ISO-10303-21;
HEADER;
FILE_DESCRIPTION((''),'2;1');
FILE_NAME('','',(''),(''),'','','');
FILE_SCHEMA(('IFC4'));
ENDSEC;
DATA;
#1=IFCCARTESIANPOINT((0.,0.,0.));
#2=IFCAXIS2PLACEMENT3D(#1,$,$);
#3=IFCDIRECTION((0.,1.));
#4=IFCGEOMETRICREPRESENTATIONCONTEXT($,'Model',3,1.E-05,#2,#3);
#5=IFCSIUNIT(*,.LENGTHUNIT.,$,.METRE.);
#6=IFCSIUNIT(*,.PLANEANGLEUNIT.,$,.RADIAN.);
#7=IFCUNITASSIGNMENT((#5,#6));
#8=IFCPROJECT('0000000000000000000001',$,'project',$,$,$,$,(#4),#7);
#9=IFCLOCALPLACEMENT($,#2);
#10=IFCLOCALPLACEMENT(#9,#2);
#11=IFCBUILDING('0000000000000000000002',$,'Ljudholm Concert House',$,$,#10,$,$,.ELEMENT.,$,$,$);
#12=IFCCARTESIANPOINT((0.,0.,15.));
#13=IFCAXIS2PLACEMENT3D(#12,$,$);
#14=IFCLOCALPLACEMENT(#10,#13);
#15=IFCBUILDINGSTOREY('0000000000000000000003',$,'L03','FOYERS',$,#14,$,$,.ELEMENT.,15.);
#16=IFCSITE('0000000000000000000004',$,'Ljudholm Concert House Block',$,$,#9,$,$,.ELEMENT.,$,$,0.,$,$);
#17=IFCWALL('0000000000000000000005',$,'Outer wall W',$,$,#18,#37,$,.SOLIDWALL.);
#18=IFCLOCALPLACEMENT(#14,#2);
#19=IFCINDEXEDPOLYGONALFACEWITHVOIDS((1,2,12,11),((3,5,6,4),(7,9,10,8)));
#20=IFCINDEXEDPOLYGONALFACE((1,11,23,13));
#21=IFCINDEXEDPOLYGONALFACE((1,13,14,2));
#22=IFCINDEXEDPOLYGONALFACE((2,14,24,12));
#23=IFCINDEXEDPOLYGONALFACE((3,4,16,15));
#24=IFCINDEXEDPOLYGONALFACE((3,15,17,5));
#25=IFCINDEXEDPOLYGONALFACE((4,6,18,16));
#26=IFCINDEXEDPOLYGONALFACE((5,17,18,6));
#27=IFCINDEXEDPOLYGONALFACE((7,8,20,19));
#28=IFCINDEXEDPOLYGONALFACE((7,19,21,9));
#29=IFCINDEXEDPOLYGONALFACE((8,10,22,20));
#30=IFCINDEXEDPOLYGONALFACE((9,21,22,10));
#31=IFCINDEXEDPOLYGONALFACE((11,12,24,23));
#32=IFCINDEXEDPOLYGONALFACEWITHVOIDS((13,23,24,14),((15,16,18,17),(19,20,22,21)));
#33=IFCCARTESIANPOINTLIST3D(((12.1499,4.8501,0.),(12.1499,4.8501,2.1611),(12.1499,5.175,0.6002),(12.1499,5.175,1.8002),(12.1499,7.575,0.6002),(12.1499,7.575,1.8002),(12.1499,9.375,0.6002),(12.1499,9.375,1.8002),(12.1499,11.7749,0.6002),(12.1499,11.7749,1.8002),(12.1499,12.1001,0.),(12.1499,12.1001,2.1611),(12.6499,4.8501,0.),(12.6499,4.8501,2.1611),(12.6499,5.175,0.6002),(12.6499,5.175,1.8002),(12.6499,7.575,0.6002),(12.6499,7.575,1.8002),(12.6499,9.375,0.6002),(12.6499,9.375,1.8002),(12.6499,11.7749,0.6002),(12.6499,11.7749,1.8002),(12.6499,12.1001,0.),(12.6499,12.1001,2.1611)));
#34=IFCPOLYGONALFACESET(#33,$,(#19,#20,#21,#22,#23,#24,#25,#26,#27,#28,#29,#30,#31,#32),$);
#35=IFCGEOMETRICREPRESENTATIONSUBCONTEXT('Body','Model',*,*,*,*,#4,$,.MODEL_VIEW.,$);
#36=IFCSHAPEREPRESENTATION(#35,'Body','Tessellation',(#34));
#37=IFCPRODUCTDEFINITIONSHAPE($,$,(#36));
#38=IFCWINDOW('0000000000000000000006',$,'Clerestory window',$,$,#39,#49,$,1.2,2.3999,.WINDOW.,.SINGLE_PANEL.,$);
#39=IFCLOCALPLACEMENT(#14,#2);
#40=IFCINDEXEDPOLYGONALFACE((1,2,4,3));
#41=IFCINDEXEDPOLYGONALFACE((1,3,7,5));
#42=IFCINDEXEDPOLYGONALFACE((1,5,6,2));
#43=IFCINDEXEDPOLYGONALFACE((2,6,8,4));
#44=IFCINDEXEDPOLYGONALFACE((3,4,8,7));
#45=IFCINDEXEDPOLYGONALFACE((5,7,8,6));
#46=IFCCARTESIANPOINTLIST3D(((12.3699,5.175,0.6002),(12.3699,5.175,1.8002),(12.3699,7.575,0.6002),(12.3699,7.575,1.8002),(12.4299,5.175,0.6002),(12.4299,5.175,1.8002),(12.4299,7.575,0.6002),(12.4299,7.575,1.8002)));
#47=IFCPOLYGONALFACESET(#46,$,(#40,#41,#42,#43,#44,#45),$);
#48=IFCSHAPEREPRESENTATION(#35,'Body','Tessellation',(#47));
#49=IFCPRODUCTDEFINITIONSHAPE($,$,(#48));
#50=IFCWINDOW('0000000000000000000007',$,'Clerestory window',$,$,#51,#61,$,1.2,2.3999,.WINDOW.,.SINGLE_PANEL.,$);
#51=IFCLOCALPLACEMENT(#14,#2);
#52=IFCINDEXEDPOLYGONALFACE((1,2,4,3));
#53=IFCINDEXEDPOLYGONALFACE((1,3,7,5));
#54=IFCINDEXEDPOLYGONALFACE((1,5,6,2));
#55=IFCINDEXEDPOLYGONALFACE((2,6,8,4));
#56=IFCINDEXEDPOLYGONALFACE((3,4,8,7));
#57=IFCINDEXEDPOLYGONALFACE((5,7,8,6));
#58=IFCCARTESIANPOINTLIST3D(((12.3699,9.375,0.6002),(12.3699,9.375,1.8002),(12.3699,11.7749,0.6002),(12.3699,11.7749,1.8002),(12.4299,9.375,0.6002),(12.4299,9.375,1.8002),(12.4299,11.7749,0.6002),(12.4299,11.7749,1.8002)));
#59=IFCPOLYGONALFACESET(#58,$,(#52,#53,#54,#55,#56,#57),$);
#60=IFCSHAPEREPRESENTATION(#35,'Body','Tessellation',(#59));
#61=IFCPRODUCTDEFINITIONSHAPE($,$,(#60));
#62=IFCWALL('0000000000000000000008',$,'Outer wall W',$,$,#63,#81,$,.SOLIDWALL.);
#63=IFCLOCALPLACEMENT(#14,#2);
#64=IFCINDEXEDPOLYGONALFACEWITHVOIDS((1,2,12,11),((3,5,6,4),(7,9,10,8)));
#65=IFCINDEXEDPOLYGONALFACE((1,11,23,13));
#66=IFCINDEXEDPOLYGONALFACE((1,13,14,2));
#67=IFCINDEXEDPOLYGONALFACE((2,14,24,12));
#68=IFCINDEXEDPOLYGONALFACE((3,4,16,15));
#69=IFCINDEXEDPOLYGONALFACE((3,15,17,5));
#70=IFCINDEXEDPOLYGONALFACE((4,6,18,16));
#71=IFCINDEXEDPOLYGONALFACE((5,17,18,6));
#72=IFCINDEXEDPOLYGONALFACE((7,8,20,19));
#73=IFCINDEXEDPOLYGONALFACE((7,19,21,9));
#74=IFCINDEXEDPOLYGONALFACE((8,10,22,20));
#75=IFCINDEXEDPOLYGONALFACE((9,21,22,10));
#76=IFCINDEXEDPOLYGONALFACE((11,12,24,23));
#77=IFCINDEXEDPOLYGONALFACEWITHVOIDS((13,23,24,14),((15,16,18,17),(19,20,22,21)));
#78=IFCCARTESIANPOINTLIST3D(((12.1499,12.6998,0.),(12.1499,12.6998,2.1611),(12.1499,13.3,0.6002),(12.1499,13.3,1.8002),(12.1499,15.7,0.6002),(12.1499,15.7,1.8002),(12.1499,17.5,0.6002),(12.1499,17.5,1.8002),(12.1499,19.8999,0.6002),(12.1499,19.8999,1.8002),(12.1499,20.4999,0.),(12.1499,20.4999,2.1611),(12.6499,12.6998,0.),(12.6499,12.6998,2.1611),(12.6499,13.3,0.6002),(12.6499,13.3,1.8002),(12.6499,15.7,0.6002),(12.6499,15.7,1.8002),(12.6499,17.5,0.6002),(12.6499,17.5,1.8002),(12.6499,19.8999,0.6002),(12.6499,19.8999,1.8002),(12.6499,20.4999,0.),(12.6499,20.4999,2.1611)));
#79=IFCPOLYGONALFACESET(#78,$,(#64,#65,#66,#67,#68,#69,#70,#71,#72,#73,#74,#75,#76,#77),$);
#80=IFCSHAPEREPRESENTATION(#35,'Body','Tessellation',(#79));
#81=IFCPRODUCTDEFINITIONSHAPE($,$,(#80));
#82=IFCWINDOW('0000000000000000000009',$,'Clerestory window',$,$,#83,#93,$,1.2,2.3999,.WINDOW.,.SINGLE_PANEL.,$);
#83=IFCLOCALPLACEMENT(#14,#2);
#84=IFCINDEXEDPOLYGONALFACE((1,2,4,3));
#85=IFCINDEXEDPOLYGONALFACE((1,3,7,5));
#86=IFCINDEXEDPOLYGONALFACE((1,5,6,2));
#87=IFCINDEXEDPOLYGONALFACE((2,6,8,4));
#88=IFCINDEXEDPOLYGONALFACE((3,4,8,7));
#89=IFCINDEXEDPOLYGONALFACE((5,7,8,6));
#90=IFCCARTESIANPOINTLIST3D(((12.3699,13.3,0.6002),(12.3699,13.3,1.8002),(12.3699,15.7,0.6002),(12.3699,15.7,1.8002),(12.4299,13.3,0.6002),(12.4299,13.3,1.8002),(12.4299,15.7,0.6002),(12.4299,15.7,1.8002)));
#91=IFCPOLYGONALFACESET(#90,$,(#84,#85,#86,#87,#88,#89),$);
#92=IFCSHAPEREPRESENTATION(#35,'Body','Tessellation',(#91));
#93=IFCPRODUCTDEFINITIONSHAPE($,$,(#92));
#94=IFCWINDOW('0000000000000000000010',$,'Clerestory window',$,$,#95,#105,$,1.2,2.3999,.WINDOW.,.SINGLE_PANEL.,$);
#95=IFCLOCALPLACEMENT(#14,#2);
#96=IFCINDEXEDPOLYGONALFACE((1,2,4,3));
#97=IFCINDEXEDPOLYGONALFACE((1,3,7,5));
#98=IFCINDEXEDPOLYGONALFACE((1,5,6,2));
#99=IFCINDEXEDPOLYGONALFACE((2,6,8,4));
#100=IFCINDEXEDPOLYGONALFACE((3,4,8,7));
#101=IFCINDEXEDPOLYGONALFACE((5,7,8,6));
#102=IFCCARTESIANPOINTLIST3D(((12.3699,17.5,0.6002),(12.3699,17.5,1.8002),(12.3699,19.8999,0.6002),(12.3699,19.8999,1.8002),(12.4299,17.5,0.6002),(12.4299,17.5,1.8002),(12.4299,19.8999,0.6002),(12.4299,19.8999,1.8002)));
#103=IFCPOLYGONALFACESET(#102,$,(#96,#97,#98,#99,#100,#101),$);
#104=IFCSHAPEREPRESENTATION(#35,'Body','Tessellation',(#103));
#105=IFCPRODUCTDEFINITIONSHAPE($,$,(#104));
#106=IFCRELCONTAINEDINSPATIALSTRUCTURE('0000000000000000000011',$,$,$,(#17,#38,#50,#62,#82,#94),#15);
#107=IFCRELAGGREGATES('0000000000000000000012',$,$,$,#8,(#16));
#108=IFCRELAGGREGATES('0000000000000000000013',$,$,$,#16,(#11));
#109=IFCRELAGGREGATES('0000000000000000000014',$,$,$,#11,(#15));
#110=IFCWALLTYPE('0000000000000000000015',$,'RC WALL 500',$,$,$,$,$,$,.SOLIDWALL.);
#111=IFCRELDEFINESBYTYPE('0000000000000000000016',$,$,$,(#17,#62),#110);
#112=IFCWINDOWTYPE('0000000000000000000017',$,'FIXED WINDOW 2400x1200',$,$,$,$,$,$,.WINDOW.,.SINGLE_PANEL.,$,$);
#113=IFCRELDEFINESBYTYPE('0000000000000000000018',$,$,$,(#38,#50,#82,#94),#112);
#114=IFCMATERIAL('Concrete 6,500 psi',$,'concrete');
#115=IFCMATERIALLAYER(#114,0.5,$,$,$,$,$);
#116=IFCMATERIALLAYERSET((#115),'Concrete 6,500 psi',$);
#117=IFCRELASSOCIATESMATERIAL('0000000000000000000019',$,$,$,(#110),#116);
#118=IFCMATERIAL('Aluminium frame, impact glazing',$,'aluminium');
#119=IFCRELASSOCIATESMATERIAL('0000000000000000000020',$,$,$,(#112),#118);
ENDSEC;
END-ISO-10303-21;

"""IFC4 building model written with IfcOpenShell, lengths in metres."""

from ifc_helpers import new_model, si_unit, direction, frame, frame_2d, origin, place, context, subcontext, project, spatial, rectangle, extrude, material, layer, layer_set, type_object, element, fill, save


model = new_model("IFC4")

# Units and contexts
model_context = context("Model", 3, precision=1e-05, world=origin(), true_north=direction((0.0, 1.0)))
body_context = subcontext(model_context, "Body", "Model", "MODEL_VIEW")
ifc_project = project(units=[si_unit("LENGTHUNIT", "METRE"), si_unit("PLANEANGLEUNIT", "RADIAN")], contexts=[model_context])

# Site, building, storey
site_placement = place(None, origin())
site = spatial("IfcSite", under=ifc_project, at=site_placement, Name="Ljudholm Concert House Block", CompositionType="ELEMENT", RefElevation=0.0)
building_placement = place(site_placement, origin())
building = spatial("IfcBuilding", under=site, at=building_placement, Name="Ljudholm Concert House", CompositionType="ELEMENT")
storey_placement = place(building_placement, frame((0.0, 0.0, 15.0)))
storey = spatial("IfcBuildingStorey", under=building, at=storey_placement, Name="L03", Description="FOYERS", CompositionType="ELEMENT", Elevation=15.0)

# Walls, openings, windows
ifc_material_1 = material(Name="Concrete 6,500 psi", Category="concrete")
ifc_layer_1 = layer(ifc_material_1, 0.5)
ifc_layer_set_1 = layer_set([ifc_layer_1], Name="Concrete 6,500 psi")
wall_type = type_object("IfcWallType", Name="RC WALL 500", PredefinedType="SOLIDWALL", material=ifc_layer_set_1)
wall_1_placement = place(storey_placement, frame((12.3999, 4.8501, 0.0), z_axis=(0.0, 0.0, 1.0), x_axis=(0.0, 1.0, 0.0)))
wall_1 = element("IfcWall", 1, at=wall_1_placement, inside=storey, type_object=wall_type, Name="Outer wall W", PredefinedType="SOLIDWALL", context=body_context, shape_type="SweptSolid", body=[
    extrude(rectangle(XDim=7.25, YDim=0.5, at=frame_2d((3.625, 0.0))), origin(), (0.0, 0.0, 1.0), 2.1611),
])
opening_1_placement = place(wall_1_placement, frame((0.325, 0.0, 0.6001)))
opening_1 = element("IfcOpeningElement", 2, at=opening_1_placement, cuts=wall_1, PredefinedType="OPENING", context=body_context, shape_type="SweptSolid", body=[
    extrude(rectangle(XDim=2.3999, YDim=1.2, at=frame_2d((1.2, 0.6001))), frame((0.0, 0.26, 0.0), z_axis=(0.0, -1.0, 0.0), x_axis=(1.0, 0.0, 0.0)), (0.0, 0.0, 1.0), 0.52),
])
opening_2_placement = place(wall_1_placement, frame((4.5249, 0.0, 0.6001)))
opening_2 = element("IfcOpeningElement", 3, at=opening_2_placement, cuts=wall_1, PredefinedType="OPENING", context=body_context, shape_type="SweptSolid", body=[
    extrude(rectangle(XDim=2.3999, YDim=1.2, at=frame_2d((1.2, 0.6001))), frame((0.0, 0.26, 0.0), z_axis=(0.0, -1.0, 0.0), x_axis=(1.0, 0.0, 0.0)), (0.0, 0.0, 1.0), 0.52),
])
ifc_material_2 = material(Name="Aluminium frame, impact glazing", Category="aluminium")
window_type = type_object("IfcWindowType", Name="FIXED WINDOW 2400x1200", PartitioningType="SINGLE_PANEL", PredefinedType="WINDOW", material=ifc_material_2)
window_1_placement = place(opening_1_placement, origin())
window_1 = element("IfcWindow", 4, at=window_1_placement, inside=storey, type_object=window_type, Name="Clerestory window", OverallHeight=1.2, OverallWidth=2.3999, PartitioningType="SINGLE_PANEL", PredefinedType="WINDOW", context=body_context, shape_type="SweptSolid", body=[
    extrude(rectangle(XDim=2.3999, YDim=1.2, at=frame_2d((1.2, 0.6001))), frame((0.0, 0.03, 0.0), z_axis=(0.0, -1.0, 0.0), x_axis=(1.0, 0.0, 0.0)), (0.0, 0.0, 1.0), 0.0601),
])
fill(opening_1, window_1)
window_2_placement = place(opening_2_placement, origin())
window_2 = element("IfcWindow", 5, at=window_2_placement, inside=storey, type_object=window_type, Name="Clerestory window", OverallHeight=1.2, OverallWidth=2.3999, PartitioningType="SINGLE_PANEL", PredefinedType="WINDOW", context=body_context, shape_type="SweptSolid", body=[
    extrude(rectangle(XDim=2.3999, YDim=1.2, at=frame_2d((1.2, 0.6001))), frame((0.0, 0.03, 0.0), z_axis=(0.0, -1.0, 0.0), x_axis=(1.0, 0.0, 0.0)), (0.0, 0.0, 1.0), 0.0601),
])
fill(opening_2, window_2)
wall_2_placement = place(storey_placement, frame((12.3999, 12.7, 0.0), z_axis=(0.0, 0.0, 1.0), x_axis=(0.0, 1.0, 0.0)))
wall_2 = element("IfcWall", 6, at=wall_2_placement, inside=storey, type_object=wall_type, Name="Outer wall W", PredefinedType="SOLIDWALL", context=body_context, shape_type="SweptSolid", body=[
    extrude(rectangle(XDim=7.8, YDim=0.5, at=frame_2d((3.8999, 0.0))), origin(), (0.0, 0.0, 1.0), 2.1611),
])
opening_3_placement = place(wall_2_placement, frame((0.6001, 0.0, 0.6001)))
opening_3 = element("IfcOpeningElement", 7, at=opening_3_placement, cuts=wall_2, PredefinedType="OPENING", context=body_context, shape_type="SweptSolid", body=[
    extrude(rectangle(XDim=2.3999, YDim=1.2, at=frame_2d((1.2, 0.6001))), frame((0.0, 0.26, 0.0), z_axis=(0.0, -1.0, 0.0), x_axis=(1.0, 0.0, 0.0)), (0.0, 0.0, 1.0), 0.52),
])
opening_4_placement = place(wall_2_placement, frame((4.8, 0.0, 0.6001)))
opening_4 = element("IfcOpeningElement", 8, at=opening_4_placement, cuts=wall_2, PredefinedType="OPENING", context=body_context, shape_type="SweptSolid", body=[
    extrude(rectangle(XDim=2.3999, YDim=1.2, at=frame_2d((1.2, 0.6001))), frame((0.0, 0.26, 0.0), z_axis=(0.0, -1.0, 0.0), x_axis=(1.0, 0.0, 0.0)), (0.0, 0.0, 1.0), 0.52),
])
window_3_placement = place(opening_3_placement, origin())
window_3 = element("IfcWindow", 9, at=window_3_placement, inside=storey, type_object=window_type, Name="Clerestory window", OverallHeight=1.2, OverallWidth=2.3999, PartitioningType="SINGLE_PANEL", PredefinedType="WINDOW", context=body_context, shape_type="SweptSolid", body=[
    extrude(rectangle(XDim=2.3999, YDim=1.2, at=frame_2d((1.2, 0.6001))), frame((0.0, 0.03, 0.0), z_axis=(0.0, -1.0, 0.0), x_axis=(1.0, 0.0, 0.0)), (0.0, 0.0, 1.0), 0.0601),
])
fill(opening_3, window_3)
window_4_placement = place(opening_4_placement, origin())
window_4 = element("IfcWindow", 10, at=window_4_placement, inside=storey, type_object=window_type, Name="Clerestory window", OverallHeight=1.2, OverallWidth=2.3999, PartitioningType="SINGLE_PANEL", PredefinedType="WINDOW", context=body_context, shape_type="SweptSolid", body=[
    extrude(rectangle(XDim=2.3999, YDim=1.2, at=frame_2d((1.2, 0.6001))), frame((0.0, 0.03, 0.0), z_axis=(0.0, -1.0, 0.0), x_axis=(1.0, 0.0, 0.0)), (0.0, 0.0, 1.0), 0.0601),
])
fill(opening_4, window_4)

save(model, "model.ifc")
